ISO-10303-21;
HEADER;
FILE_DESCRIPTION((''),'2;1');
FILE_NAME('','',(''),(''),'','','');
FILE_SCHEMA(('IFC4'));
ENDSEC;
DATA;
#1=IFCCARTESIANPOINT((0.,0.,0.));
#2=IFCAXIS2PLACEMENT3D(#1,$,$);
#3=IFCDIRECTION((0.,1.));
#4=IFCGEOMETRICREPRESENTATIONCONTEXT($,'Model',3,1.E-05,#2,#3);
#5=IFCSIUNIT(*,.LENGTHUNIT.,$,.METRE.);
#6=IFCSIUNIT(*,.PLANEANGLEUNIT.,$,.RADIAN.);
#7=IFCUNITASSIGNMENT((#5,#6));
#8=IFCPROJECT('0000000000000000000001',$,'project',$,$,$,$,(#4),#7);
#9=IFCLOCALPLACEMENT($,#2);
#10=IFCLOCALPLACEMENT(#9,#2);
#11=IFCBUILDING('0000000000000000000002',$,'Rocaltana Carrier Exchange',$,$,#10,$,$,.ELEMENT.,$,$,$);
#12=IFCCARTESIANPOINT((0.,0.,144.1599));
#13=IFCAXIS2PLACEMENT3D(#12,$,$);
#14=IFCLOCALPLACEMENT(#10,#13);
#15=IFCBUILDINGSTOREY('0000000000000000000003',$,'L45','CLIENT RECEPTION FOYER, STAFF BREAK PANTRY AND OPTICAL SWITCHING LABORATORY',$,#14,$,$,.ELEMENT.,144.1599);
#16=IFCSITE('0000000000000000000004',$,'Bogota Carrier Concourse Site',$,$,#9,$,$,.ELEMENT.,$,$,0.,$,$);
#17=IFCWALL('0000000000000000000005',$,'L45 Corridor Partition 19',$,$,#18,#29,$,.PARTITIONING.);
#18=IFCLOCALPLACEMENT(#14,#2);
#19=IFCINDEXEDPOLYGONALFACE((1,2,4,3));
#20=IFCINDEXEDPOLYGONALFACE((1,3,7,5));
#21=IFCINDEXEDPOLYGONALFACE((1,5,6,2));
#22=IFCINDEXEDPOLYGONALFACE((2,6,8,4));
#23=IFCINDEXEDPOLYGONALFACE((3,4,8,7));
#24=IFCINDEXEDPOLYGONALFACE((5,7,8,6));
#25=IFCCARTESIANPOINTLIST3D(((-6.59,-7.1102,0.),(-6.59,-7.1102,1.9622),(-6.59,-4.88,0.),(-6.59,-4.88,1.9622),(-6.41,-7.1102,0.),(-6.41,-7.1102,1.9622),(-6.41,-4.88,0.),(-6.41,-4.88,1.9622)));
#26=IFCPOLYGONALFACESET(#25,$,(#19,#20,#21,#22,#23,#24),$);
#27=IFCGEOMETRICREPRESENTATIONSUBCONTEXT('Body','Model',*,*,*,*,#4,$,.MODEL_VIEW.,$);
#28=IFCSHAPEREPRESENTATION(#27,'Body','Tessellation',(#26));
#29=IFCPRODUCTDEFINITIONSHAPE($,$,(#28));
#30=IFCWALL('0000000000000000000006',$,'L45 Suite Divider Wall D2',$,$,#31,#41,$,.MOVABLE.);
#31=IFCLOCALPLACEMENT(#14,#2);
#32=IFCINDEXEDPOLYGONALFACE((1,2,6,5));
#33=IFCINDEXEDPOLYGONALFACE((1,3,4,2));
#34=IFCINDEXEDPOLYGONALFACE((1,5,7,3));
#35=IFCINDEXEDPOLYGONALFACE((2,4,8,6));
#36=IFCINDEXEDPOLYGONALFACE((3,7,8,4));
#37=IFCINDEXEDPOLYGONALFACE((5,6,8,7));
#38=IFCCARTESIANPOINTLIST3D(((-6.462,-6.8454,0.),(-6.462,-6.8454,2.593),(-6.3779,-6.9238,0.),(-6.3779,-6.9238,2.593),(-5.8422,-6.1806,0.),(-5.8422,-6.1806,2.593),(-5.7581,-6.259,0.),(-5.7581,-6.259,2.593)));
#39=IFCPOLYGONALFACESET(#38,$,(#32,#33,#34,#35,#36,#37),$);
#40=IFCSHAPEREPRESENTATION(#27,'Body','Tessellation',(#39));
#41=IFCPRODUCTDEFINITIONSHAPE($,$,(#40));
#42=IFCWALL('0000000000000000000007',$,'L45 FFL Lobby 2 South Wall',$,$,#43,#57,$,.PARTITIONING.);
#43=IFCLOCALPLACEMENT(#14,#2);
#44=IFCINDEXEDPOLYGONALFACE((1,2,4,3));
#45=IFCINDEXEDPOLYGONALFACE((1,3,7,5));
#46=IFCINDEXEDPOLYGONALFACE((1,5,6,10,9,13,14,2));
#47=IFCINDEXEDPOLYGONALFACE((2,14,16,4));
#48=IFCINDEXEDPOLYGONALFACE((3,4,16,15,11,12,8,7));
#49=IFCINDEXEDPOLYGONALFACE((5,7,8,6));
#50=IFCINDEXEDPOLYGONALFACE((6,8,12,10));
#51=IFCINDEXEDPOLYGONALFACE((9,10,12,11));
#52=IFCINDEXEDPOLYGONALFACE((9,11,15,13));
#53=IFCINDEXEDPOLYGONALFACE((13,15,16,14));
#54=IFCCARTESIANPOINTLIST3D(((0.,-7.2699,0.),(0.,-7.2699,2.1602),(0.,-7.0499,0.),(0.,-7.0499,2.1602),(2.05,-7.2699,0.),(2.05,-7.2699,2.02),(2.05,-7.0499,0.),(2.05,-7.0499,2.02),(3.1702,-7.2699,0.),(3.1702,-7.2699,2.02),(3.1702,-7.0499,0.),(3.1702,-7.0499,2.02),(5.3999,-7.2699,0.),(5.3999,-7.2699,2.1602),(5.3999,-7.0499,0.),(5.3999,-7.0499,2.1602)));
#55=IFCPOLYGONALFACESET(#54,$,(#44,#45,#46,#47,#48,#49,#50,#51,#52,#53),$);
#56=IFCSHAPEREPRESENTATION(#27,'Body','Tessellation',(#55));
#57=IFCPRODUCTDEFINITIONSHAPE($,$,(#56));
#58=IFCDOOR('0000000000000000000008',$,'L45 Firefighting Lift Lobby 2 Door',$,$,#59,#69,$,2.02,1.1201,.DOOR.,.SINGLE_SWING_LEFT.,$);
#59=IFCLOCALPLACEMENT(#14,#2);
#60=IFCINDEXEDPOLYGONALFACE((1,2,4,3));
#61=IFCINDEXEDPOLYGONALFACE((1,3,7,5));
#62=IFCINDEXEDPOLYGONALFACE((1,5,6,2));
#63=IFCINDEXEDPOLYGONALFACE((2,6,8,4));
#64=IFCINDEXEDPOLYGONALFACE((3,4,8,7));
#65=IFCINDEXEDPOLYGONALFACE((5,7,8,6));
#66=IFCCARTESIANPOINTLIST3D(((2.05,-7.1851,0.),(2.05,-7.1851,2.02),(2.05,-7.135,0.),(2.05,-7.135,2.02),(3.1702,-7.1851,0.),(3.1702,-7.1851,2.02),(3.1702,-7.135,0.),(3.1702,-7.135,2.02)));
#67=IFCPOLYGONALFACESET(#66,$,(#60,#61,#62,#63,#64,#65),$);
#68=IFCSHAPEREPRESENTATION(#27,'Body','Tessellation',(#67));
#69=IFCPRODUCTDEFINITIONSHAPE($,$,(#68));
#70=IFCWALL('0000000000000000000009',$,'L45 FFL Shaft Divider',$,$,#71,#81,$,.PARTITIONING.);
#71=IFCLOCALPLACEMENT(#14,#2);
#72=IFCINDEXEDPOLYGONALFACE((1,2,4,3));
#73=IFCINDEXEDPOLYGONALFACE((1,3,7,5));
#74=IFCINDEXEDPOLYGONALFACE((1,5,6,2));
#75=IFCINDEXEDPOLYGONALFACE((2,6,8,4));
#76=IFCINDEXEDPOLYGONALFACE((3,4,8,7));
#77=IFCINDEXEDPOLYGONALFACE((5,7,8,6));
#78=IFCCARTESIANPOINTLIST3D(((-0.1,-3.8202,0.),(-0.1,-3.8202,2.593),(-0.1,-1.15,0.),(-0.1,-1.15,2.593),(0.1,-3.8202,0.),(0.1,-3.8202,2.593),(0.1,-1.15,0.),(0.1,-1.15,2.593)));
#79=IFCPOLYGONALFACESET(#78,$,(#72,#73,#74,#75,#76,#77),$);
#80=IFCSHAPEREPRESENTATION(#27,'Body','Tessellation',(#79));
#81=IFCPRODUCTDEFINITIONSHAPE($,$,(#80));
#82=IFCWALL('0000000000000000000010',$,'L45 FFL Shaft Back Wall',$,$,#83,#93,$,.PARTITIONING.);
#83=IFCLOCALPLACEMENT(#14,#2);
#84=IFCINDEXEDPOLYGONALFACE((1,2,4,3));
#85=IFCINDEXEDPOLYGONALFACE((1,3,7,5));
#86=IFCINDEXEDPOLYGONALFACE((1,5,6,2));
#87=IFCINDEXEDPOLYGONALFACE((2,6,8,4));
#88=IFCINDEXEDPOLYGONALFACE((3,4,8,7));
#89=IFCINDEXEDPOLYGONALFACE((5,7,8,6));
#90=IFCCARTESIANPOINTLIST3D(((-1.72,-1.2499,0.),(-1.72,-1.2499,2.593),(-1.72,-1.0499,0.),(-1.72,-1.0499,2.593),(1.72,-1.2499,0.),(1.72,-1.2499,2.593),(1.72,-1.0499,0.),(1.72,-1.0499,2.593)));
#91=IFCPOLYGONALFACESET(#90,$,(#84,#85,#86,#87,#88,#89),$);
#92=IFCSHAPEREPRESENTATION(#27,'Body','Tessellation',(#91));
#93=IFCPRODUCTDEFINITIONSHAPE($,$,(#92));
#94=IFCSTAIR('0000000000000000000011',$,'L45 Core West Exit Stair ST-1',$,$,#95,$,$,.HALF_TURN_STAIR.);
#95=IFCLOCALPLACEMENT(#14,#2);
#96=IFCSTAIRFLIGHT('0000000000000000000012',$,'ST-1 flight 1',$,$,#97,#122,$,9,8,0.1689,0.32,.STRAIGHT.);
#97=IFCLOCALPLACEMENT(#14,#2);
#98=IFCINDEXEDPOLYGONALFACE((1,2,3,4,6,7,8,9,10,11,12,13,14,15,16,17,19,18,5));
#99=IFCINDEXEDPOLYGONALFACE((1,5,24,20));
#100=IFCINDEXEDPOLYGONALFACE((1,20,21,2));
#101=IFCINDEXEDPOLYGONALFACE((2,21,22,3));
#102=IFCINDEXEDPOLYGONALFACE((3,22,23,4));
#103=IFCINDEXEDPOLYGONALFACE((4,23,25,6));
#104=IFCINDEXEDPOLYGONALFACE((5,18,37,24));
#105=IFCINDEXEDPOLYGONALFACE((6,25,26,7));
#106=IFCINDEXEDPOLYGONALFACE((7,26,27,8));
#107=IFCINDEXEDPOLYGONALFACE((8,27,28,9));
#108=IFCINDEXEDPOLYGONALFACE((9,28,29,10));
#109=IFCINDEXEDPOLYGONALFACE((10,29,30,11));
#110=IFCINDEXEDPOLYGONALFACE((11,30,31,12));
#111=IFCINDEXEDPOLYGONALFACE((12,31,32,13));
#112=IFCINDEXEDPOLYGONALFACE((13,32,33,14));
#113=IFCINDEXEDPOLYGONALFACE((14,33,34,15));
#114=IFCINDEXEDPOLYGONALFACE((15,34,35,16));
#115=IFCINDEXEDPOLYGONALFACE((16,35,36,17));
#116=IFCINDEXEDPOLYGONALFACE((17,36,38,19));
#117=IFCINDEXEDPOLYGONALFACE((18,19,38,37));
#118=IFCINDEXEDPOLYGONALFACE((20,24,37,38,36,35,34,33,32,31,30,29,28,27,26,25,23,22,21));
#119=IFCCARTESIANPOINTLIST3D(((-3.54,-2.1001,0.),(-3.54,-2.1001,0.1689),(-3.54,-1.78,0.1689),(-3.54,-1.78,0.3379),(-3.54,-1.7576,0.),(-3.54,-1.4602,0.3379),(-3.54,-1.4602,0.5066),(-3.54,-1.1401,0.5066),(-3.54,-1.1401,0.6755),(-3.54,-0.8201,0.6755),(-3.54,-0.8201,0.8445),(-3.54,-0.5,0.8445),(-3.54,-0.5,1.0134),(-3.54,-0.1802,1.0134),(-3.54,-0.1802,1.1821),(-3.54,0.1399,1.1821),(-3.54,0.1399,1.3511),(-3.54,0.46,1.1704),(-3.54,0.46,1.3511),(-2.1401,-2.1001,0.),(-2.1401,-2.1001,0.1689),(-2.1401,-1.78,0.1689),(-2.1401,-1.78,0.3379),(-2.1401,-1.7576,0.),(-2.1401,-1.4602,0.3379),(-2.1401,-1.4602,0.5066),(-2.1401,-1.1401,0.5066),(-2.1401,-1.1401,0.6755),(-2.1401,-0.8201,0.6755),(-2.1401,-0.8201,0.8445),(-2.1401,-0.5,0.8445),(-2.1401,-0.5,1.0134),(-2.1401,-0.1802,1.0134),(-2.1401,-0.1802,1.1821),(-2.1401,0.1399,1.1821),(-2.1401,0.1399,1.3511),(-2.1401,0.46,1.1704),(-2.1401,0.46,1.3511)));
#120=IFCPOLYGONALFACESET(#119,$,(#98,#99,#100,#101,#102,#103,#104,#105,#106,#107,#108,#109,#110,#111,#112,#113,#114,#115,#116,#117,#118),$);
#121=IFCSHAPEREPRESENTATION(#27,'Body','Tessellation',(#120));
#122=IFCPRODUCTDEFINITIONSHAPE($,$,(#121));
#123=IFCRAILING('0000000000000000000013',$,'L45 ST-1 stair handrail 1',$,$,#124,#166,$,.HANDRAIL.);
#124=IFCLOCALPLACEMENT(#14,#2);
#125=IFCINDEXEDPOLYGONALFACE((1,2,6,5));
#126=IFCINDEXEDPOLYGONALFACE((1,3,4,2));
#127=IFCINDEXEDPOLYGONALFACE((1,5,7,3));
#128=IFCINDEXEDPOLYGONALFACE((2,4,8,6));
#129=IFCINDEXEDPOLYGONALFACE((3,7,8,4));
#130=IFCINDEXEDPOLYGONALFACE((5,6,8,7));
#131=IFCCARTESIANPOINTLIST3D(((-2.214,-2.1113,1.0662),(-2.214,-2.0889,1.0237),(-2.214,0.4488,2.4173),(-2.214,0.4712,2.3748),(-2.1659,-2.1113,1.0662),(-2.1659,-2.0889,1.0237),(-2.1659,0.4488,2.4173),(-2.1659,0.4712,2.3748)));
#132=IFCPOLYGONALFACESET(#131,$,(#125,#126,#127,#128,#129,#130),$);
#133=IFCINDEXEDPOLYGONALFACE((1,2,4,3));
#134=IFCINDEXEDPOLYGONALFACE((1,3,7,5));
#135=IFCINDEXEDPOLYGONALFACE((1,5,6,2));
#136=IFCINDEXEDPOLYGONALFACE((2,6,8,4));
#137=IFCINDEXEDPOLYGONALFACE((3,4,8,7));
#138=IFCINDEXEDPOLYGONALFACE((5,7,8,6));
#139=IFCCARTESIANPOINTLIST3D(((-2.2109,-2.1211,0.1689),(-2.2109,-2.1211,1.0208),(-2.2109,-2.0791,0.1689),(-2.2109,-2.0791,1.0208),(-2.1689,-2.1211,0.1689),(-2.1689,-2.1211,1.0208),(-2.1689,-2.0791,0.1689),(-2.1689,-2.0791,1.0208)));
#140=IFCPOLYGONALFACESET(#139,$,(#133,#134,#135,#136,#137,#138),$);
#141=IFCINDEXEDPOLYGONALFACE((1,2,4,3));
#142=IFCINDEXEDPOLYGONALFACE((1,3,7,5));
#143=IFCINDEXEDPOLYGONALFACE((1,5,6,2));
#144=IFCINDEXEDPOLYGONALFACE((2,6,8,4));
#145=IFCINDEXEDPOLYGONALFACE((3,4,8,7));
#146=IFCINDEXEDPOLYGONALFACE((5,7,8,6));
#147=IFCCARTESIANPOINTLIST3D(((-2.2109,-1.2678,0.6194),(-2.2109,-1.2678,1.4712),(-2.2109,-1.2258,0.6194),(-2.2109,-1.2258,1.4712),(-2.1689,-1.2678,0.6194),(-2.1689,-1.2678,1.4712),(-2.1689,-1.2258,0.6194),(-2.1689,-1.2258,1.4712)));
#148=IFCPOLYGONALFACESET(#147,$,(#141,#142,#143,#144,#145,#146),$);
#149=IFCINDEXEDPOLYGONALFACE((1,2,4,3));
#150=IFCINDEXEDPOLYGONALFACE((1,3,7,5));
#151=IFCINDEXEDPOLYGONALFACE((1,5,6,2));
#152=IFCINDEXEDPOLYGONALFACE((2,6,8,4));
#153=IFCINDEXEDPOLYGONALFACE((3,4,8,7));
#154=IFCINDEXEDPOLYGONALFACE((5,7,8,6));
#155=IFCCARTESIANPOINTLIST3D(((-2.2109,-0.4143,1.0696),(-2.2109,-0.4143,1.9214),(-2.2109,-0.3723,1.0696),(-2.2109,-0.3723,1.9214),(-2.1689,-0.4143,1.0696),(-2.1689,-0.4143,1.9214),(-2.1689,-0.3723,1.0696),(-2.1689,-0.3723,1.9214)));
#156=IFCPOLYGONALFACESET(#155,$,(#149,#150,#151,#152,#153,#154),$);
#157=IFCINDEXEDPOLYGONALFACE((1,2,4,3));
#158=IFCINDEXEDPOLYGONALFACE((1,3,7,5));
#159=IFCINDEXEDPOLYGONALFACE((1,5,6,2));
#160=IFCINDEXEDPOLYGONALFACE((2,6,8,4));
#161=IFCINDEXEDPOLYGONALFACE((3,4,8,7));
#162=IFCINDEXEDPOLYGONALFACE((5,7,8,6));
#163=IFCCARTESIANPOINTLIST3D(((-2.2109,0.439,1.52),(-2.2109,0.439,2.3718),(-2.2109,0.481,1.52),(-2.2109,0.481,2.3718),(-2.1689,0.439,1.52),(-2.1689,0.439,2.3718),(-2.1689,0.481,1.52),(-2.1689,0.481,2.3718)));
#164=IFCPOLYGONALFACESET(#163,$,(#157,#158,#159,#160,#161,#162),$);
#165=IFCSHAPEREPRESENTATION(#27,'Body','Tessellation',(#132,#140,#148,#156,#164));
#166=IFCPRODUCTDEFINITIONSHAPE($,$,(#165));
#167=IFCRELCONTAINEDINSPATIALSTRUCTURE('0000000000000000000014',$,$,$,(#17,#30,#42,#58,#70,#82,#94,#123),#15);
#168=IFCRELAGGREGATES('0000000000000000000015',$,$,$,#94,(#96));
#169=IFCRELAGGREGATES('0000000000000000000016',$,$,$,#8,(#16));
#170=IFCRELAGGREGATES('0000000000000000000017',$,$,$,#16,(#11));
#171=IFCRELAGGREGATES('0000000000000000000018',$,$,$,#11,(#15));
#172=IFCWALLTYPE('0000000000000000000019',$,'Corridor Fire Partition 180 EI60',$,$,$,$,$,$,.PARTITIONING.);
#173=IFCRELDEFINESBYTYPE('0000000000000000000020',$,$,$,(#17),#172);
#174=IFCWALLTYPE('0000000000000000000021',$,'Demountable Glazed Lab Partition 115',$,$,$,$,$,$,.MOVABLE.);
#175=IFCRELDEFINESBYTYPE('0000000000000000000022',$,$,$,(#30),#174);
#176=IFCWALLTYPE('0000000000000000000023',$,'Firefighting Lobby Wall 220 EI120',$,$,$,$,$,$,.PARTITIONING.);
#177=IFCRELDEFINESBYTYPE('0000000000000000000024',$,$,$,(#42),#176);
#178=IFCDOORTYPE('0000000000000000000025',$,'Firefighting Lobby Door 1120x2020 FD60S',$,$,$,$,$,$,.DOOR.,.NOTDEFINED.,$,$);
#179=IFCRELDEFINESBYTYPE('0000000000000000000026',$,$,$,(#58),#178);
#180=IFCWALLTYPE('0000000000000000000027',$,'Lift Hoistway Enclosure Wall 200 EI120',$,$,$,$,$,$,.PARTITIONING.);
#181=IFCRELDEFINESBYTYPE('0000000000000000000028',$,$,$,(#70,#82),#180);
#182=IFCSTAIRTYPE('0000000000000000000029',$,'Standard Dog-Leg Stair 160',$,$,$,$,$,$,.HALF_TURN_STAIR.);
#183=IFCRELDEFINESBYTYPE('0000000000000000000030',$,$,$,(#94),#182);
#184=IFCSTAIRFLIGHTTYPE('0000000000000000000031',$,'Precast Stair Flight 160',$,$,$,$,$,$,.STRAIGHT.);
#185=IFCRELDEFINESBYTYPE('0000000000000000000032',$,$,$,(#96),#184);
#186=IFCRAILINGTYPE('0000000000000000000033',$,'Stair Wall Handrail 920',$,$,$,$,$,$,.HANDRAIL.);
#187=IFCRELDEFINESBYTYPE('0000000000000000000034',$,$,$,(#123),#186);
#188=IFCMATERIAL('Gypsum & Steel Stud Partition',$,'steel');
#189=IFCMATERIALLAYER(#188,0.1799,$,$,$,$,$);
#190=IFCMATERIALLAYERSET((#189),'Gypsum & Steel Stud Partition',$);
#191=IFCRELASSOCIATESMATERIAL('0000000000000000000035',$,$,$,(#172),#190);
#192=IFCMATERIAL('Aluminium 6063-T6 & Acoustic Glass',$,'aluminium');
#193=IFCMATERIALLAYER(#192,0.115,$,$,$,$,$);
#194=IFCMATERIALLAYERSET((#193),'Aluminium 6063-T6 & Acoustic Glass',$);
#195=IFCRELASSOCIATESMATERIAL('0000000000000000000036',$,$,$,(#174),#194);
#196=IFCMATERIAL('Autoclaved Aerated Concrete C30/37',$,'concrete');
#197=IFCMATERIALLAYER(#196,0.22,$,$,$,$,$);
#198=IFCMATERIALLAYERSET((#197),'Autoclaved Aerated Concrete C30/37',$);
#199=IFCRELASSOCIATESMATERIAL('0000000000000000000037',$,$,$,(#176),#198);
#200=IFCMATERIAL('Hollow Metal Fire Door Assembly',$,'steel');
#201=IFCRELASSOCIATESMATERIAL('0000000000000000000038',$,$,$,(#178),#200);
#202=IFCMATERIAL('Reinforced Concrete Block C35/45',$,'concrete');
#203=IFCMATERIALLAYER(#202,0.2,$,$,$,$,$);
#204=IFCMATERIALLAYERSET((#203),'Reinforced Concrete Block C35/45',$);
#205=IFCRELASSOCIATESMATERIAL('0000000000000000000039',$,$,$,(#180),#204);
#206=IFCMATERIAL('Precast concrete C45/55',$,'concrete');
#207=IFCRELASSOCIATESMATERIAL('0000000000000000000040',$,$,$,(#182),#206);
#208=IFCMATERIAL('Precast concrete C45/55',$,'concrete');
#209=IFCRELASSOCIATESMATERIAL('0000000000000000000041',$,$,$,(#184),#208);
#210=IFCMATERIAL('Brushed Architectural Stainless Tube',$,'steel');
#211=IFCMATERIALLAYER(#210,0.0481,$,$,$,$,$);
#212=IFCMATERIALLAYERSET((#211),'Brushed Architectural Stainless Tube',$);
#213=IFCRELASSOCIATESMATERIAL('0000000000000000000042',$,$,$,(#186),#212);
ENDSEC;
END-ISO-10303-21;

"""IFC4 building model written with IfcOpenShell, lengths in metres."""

from ifc_helpers import new_model, si_unit, direction, frame, frame_2d, origin, origin_2d, place, context, subcontext, project, spatial, polyline, rectangle, outline, extrude, material, layer, layer_set, type_object, element, fill, aggregate, save


model = new_model("IFC4")

# Units and contexts
model_context = context("Model", 3, precision=1e-05, world=origin(), true_north=direction((0.0, 1.0)))
body_context = subcontext(model_context, "Body", "Model", "MODEL_VIEW")
ifc_project = project(units=[si_unit("LENGTHUNIT", "METRE"), si_unit("PLANEANGLEUNIT", "RADIAN")], contexts=[model_context])

# Site, building, storey
site_placement = place(None, origin())
site = spatial("IfcSite", under=ifc_project, at=site_placement, Name="Bogota Carrier Concourse Site", CompositionType="ELEMENT", RefElevation=0.0)
building_placement = place(site_placement, origin())
building = spatial("IfcBuilding", under=site, at=building_placement, Name="Rocaltana Carrier Exchange", CompositionType="ELEMENT")
storey_placement = place(building_placement, frame((0.0, 0.0, 144.1599)))
storey = spatial("IfcBuildingStorey", under=building, at=storey_placement, Name="L45", Description="CLIENT RECEPTION FOYER, STAFF BREAK PANTRY AND OPTICAL SWITCHING LABORATORY", CompositionType="ELEMENT", Elevation=144.1599)

# Walls
ifc_material_1 = material(Name="Gypsum & Steel Stud Partition", Category="steel")
ifc_layer_1 = layer(ifc_material_1, 0.1799)
ifc_layer_set_1 = layer_set([ifc_layer_1], Name="Gypsum & Steel Stud Partition")
wall_type_1 = type_object("IfcWallType", Name="Corridor Fire Partition 180 EI60", PredefinedType="PARTITIONING", material=ifc_layer_set_1)
wall_1_placement = place(storey_placement, frame((-6.5, -4.8799, 0.0), z_axis=(0.0, 0.0, 1.0), x_axis=(0.0, -1.0, 0.0)))
element("IfcWall", 1, at=wall_1_placement, inside=storey, type_object=wall_type_1, Name="L45 Corridor Partition 19", PredefinedType="PARTITIONING", context=body_context, shape_type="SweptSolid", body=[
    extrude(rectangle(XDim=2.2302, YDim=0.1799, at=frame_2d((1.1152, 0.0))), origin(), (0.0, 0.0, 1.0), 1.9622),
])
ifc_material_2 = material(Name="Aluminium 6063-T6 & Acoustic Glass", Category="aluminium")
ifc_layer_2 = layer(ifc_material_2, 0.115)
ifc_layer_set_2 = layer_set([ifc_layer_2], Name="Aluminium 6063-T6 & Acoustic Glass")
wall_type_2 = type_object("IfcWallType", Name="Demountable Glazed Lab Partition 115", PredefinedType="MOVABLE", material=ifc_layer_set_2)
wall_2_placement = place(storey_placement, frame((-5.8, -6.2197, 0.0), z_axis=(0.0, 0.0, 1.0), x_axis=(-0.681964, -0.731386, 0.0)))
element("IfcWall", 2, at=wall_2_placement, inside=storey, type_object=wall_type_2, Name="L45 Suite Divider Wall D2", PredefinedType="MOVABLE", context=body_context, shape_type="SweptSolid", body=[
    extrude(rectangle(XDim=0.9089, YDim=0.115, at=frame_2d((0.4546, 0.0))), origin(), (0.0, 0.0, 1.0), 2.593),
])

# Wall, opening, door
ifc_material_3 = material(Name="Autoclaved Aerated Concrete C30/37", Category="concrete")
ifc_layer_3 = layer(ifc_material_3, 0.22)
ifc_layer_set_3 = layer_set([ifc_layer_3], Name="Autoclaved Aerated Concrete C30/37")
wall_type_3 = type_object("IfcWallType", Name="Firefighting Lobby Wall 220 EI120", PredefinedType="PARTITIONING", material=ifc_layer_set_3)
wall_3_placement = place(storey_placement, frame((0.0, -7.1599, 0.0), z_axis=(0.0, 0.0, 1.0), x_axis=(1.0, 0.0, 0.0)))
wall_3 = element("IfcWall", 3, at=wall_3_placement, inside=storey, type_object=wall_type_3, Name="L45 FFL Lobby 2 South Wall", PredefinedType="PARTITIONING", context=body_context, shape_type="SweptSolid", body=[
    extrude(rectangle(XDim=5.3999, YDim=0.22, at=frame_2d((2.7, 0.0))), origin(), (0.0, 0.0, 1.0), 2.1602),
])
opening_1_placement = place(wall_3_placement, frame((2.05, 0.0, 0.0)))
opening_1 = element("IfcOpeningElement", 4, at=opening_1_placement, cuts=wall_3, PredefinedType="OPENING", context=body_context, shape_type="SweptSolid", body=[
    extrude(rectangle(XDim=1.1201, YDim=2.02, at=frame_2d((0.5601, 1.01))), frame((0.0, 0.1199, 0.0), z_axis=(0.0, -1.0, 0.0), x_axis=(1.0, 0.0, 0.0)), (0.0, 0.0, 1.0), 0.24),
])
ifc_material_4 = material(Name="Hollow Metal Fire Door Assembly", Category="steel")
door_type_1 = type_object("IfcDoorType", Name="Firefighting Lobby Door 1120x2020 FD60S", OperationType="NOTDEFINED", PredefinedType="DOOR", material=ifc_material_4)
door_1_placement = place(opening_1_placement, origin())
door_1 = element("IfcDoor", 5, at=door_1_placement, inside=storey, type_object=door_type_1, Name="L45 Firefighting Lift Lobby 2 Door", OperationType="SINGLE_SWING_LEFT", OverallHeight=2.02, OverallWidth=1.1201, PredefinedType="DOOR", context=body_context, shape_type="SweptSolid", body=[
    extrude(rectangle(XDim=1.1201, YDim=2.02, at=frame_2d((0.5601, 1.01))), frame((0.0, 0.0249, 0.0), z_axis=(0.0, -1.0, 0.0), x_axis=(1.0, 0.0, 0.0)), (0.0, 0.0, 1.0), 0.05),
])
fill(opening_1, door_1)

# Walls
ifc_material_5 = material(Name="Reinforced Concrete Block C35/45", Category="concrete")
ifc_layer_4 = layer(ifc_material_5, 0.2)
ifc_layer_set_4 = layer_set([ifc_layer_4], Name="Reinforced Concrete Block C35/45")
wall_type_4 = type_object("IfcWallType", Name="Lift Hoistway Enclosure Wall 200 EI120", PredefinedType="PARTITIONING", material=ifc_layer_set_4)
wall_4_placement = place(storey_placement, frame((0.0, -3.8201, 0.0), z_axis=(0.0, 0.0, 1.0), x_axis=(0.0, 1.0, 0.0)))
element("IfcWall", 6, at=wall_4_placement, inside=storey, type_object=wall_type_4, Name="L45 FFL Shaft Divider", PredefinedType="PARTITIONING", context=body_context, shape_type="SweptSolid", body=[
    extrude(rectangle(XDim=2.6702, YDim=0.2, at=frame_2d((1.335, 0.0))), origin(), (0.0, 0.0, 1.0), 2.593),
])
wall_5_placement = place(storey_placement, frame((-1.72, -1.1499, 0.0), z_axis=(0.0, 0.0, 1.0), x_axis=(1.0, 0.0, 0.0)))
element("IfcWall", 7, at=wall_5_placement, inside=storey, type_object=wall_type_4, Name="L45 FFL Shaft Back Wall", PredefinedType="PARTITIONING", context=body_context, shape_type="SweptSolid", body=[
    extrude(rectangle(XDim=3.4399, YDim=0.2, at=frame_2d((1.72, 0.0))), origin(), (0.0, 0.0, 1.0), 2.593),
])

# Stair, stair flight
ifc_material_6 = material(Name="Precast concrete C45/55", Category="concrete")
stair_type = type_object("IfcStairType", Name="Standard Dog-Leg Stair 160", PredefinedType="HALF_TURN_STAIR", material=ifc_material_6)
stair_placement = place(storey_placement, origin())
stair = element("IfcStair", 8, at=stair_placement, inside=storey, type_object=stair_type, Name="L45 Core West Exit Stair ST-1", PredefinedType="HALF_TURN_STAIR")
ifc_material_7 = material(Name="Precast concrete C45/55", Category="concrete")
stair_flight_type = type_object("IfcStairFlightType", Name="Precast Stair Flight 160", PredefinedType="STRAIGHT", material=ifc_material_7)
stair_flight_placement = place(storey_placement, frame((-2.8401, -2.1001, 0.0), z_axis=(0.0, 0.0, 1.0), x_axis=(0.0, 1.0, 0.0)))
stair_flight = element("IfcStairFlight", 9, at=stair_flight_placement, type_object=stair_flight_type, Name="ST-1 flight 1", NumberOfRisers=9, NumberOfTreads=8, PredefinedType="STRAIGHT", RiserHeight=0.1689, TreadLength=0.32, context=body_context, shape_type="SweptSolid", body=[
    extrude(outline(polyline([(0.0, 0.0), (0.0, 0.1689), (0.3201, 0.1689), (0.3201, 0.3379), (0.6399, 0.3379), (0.6399, 0.5066), (0.96, 0.5066), (0.96, 0.6755), (1.28, 0.6755), (1.28, 0.8445), (1.6001, 0.8445), (1.6001, 1.0134), (1.9199, 1.0134), (1.9199, 1.1821), (2.24, 1.1821), (2.24, 1.3511), (2.5601, 1.3511), (2.5601, 1.52), (2.5601, 1.1704), (0.3425, 0.0), (0.0, 0.0)])), frame((0.0, 0.7, 0.0), z_axis=(0.0, -1.0, 0.0), x_axis=(1.0, 0.0, 0.0)), (0.0, 0.0, 1.0), 1.3999),
])
aggregate(stair, [stair_flight])

# Railing
ifc_material_8 = material(Name="Brushed Architectural Stainless Tube", Category="steel")
ifc_layer_5 = layer(ifc_material_8, 0.0481)
ifc_layer_set_5 = layer_set([ifc_layer_5], Name="Brushed Architectural Stainless Tube")
railing_type_1 = type_object("IfcRailingType", Name="Stair Wall Handrail 920", PredefinedType="HANDRAIL", material=ifc_layer_set_5)
railing_1_placement = place(storey_placement, frame((-2.1899, -2.1001, 0.1689)))
element("IfcRailing", 10, at=railing_1_placement, inside=storey, type_object=railing_type_1, Name="L45 ST-1 stair handrail 1", PredefinedType="HANDRAIL", context=body_context, shape_type="SweptSolid", body=[
    extrude(rectangle(XDim=0.0481, YDim=0.0481, at=origin_2d()), frame((0.0, 0.0, 0.876), z_axis=(0.0, 0.884394, 0.46674), x_axis=(-1.0, 0.0, 0.0)), (0.0, 0.0, 1.0), 2.8948),
    extrude(rectangle(XDim=0.042, YDim=0.042, at=origin_2d()), origin(), (0.0, 0.0, 1.0), 0.8518),
    extrude(rectangle(XDim=0.042, YDim=0.042, at=origin_2d()), frame((0.0, 0.8533, 0.4504)), (0.0, 0.0, 1.0), 0.8518),
    extrude(rectangle(XDim=0.042, YDim=0.042, at=origin_2d()), frame((0.0, 1.7068, 0.9006)), (0.0, 0.0, 1.0), 0.8518),
    extrude(rectangle(XDim=0.042, YDim=0.042, at=origin_2d()), frame((0.0, 2.5601, 1.3511)), (0.0, 0.0, 1.0), 0.8518),
])

save(model, "model.ifc")
